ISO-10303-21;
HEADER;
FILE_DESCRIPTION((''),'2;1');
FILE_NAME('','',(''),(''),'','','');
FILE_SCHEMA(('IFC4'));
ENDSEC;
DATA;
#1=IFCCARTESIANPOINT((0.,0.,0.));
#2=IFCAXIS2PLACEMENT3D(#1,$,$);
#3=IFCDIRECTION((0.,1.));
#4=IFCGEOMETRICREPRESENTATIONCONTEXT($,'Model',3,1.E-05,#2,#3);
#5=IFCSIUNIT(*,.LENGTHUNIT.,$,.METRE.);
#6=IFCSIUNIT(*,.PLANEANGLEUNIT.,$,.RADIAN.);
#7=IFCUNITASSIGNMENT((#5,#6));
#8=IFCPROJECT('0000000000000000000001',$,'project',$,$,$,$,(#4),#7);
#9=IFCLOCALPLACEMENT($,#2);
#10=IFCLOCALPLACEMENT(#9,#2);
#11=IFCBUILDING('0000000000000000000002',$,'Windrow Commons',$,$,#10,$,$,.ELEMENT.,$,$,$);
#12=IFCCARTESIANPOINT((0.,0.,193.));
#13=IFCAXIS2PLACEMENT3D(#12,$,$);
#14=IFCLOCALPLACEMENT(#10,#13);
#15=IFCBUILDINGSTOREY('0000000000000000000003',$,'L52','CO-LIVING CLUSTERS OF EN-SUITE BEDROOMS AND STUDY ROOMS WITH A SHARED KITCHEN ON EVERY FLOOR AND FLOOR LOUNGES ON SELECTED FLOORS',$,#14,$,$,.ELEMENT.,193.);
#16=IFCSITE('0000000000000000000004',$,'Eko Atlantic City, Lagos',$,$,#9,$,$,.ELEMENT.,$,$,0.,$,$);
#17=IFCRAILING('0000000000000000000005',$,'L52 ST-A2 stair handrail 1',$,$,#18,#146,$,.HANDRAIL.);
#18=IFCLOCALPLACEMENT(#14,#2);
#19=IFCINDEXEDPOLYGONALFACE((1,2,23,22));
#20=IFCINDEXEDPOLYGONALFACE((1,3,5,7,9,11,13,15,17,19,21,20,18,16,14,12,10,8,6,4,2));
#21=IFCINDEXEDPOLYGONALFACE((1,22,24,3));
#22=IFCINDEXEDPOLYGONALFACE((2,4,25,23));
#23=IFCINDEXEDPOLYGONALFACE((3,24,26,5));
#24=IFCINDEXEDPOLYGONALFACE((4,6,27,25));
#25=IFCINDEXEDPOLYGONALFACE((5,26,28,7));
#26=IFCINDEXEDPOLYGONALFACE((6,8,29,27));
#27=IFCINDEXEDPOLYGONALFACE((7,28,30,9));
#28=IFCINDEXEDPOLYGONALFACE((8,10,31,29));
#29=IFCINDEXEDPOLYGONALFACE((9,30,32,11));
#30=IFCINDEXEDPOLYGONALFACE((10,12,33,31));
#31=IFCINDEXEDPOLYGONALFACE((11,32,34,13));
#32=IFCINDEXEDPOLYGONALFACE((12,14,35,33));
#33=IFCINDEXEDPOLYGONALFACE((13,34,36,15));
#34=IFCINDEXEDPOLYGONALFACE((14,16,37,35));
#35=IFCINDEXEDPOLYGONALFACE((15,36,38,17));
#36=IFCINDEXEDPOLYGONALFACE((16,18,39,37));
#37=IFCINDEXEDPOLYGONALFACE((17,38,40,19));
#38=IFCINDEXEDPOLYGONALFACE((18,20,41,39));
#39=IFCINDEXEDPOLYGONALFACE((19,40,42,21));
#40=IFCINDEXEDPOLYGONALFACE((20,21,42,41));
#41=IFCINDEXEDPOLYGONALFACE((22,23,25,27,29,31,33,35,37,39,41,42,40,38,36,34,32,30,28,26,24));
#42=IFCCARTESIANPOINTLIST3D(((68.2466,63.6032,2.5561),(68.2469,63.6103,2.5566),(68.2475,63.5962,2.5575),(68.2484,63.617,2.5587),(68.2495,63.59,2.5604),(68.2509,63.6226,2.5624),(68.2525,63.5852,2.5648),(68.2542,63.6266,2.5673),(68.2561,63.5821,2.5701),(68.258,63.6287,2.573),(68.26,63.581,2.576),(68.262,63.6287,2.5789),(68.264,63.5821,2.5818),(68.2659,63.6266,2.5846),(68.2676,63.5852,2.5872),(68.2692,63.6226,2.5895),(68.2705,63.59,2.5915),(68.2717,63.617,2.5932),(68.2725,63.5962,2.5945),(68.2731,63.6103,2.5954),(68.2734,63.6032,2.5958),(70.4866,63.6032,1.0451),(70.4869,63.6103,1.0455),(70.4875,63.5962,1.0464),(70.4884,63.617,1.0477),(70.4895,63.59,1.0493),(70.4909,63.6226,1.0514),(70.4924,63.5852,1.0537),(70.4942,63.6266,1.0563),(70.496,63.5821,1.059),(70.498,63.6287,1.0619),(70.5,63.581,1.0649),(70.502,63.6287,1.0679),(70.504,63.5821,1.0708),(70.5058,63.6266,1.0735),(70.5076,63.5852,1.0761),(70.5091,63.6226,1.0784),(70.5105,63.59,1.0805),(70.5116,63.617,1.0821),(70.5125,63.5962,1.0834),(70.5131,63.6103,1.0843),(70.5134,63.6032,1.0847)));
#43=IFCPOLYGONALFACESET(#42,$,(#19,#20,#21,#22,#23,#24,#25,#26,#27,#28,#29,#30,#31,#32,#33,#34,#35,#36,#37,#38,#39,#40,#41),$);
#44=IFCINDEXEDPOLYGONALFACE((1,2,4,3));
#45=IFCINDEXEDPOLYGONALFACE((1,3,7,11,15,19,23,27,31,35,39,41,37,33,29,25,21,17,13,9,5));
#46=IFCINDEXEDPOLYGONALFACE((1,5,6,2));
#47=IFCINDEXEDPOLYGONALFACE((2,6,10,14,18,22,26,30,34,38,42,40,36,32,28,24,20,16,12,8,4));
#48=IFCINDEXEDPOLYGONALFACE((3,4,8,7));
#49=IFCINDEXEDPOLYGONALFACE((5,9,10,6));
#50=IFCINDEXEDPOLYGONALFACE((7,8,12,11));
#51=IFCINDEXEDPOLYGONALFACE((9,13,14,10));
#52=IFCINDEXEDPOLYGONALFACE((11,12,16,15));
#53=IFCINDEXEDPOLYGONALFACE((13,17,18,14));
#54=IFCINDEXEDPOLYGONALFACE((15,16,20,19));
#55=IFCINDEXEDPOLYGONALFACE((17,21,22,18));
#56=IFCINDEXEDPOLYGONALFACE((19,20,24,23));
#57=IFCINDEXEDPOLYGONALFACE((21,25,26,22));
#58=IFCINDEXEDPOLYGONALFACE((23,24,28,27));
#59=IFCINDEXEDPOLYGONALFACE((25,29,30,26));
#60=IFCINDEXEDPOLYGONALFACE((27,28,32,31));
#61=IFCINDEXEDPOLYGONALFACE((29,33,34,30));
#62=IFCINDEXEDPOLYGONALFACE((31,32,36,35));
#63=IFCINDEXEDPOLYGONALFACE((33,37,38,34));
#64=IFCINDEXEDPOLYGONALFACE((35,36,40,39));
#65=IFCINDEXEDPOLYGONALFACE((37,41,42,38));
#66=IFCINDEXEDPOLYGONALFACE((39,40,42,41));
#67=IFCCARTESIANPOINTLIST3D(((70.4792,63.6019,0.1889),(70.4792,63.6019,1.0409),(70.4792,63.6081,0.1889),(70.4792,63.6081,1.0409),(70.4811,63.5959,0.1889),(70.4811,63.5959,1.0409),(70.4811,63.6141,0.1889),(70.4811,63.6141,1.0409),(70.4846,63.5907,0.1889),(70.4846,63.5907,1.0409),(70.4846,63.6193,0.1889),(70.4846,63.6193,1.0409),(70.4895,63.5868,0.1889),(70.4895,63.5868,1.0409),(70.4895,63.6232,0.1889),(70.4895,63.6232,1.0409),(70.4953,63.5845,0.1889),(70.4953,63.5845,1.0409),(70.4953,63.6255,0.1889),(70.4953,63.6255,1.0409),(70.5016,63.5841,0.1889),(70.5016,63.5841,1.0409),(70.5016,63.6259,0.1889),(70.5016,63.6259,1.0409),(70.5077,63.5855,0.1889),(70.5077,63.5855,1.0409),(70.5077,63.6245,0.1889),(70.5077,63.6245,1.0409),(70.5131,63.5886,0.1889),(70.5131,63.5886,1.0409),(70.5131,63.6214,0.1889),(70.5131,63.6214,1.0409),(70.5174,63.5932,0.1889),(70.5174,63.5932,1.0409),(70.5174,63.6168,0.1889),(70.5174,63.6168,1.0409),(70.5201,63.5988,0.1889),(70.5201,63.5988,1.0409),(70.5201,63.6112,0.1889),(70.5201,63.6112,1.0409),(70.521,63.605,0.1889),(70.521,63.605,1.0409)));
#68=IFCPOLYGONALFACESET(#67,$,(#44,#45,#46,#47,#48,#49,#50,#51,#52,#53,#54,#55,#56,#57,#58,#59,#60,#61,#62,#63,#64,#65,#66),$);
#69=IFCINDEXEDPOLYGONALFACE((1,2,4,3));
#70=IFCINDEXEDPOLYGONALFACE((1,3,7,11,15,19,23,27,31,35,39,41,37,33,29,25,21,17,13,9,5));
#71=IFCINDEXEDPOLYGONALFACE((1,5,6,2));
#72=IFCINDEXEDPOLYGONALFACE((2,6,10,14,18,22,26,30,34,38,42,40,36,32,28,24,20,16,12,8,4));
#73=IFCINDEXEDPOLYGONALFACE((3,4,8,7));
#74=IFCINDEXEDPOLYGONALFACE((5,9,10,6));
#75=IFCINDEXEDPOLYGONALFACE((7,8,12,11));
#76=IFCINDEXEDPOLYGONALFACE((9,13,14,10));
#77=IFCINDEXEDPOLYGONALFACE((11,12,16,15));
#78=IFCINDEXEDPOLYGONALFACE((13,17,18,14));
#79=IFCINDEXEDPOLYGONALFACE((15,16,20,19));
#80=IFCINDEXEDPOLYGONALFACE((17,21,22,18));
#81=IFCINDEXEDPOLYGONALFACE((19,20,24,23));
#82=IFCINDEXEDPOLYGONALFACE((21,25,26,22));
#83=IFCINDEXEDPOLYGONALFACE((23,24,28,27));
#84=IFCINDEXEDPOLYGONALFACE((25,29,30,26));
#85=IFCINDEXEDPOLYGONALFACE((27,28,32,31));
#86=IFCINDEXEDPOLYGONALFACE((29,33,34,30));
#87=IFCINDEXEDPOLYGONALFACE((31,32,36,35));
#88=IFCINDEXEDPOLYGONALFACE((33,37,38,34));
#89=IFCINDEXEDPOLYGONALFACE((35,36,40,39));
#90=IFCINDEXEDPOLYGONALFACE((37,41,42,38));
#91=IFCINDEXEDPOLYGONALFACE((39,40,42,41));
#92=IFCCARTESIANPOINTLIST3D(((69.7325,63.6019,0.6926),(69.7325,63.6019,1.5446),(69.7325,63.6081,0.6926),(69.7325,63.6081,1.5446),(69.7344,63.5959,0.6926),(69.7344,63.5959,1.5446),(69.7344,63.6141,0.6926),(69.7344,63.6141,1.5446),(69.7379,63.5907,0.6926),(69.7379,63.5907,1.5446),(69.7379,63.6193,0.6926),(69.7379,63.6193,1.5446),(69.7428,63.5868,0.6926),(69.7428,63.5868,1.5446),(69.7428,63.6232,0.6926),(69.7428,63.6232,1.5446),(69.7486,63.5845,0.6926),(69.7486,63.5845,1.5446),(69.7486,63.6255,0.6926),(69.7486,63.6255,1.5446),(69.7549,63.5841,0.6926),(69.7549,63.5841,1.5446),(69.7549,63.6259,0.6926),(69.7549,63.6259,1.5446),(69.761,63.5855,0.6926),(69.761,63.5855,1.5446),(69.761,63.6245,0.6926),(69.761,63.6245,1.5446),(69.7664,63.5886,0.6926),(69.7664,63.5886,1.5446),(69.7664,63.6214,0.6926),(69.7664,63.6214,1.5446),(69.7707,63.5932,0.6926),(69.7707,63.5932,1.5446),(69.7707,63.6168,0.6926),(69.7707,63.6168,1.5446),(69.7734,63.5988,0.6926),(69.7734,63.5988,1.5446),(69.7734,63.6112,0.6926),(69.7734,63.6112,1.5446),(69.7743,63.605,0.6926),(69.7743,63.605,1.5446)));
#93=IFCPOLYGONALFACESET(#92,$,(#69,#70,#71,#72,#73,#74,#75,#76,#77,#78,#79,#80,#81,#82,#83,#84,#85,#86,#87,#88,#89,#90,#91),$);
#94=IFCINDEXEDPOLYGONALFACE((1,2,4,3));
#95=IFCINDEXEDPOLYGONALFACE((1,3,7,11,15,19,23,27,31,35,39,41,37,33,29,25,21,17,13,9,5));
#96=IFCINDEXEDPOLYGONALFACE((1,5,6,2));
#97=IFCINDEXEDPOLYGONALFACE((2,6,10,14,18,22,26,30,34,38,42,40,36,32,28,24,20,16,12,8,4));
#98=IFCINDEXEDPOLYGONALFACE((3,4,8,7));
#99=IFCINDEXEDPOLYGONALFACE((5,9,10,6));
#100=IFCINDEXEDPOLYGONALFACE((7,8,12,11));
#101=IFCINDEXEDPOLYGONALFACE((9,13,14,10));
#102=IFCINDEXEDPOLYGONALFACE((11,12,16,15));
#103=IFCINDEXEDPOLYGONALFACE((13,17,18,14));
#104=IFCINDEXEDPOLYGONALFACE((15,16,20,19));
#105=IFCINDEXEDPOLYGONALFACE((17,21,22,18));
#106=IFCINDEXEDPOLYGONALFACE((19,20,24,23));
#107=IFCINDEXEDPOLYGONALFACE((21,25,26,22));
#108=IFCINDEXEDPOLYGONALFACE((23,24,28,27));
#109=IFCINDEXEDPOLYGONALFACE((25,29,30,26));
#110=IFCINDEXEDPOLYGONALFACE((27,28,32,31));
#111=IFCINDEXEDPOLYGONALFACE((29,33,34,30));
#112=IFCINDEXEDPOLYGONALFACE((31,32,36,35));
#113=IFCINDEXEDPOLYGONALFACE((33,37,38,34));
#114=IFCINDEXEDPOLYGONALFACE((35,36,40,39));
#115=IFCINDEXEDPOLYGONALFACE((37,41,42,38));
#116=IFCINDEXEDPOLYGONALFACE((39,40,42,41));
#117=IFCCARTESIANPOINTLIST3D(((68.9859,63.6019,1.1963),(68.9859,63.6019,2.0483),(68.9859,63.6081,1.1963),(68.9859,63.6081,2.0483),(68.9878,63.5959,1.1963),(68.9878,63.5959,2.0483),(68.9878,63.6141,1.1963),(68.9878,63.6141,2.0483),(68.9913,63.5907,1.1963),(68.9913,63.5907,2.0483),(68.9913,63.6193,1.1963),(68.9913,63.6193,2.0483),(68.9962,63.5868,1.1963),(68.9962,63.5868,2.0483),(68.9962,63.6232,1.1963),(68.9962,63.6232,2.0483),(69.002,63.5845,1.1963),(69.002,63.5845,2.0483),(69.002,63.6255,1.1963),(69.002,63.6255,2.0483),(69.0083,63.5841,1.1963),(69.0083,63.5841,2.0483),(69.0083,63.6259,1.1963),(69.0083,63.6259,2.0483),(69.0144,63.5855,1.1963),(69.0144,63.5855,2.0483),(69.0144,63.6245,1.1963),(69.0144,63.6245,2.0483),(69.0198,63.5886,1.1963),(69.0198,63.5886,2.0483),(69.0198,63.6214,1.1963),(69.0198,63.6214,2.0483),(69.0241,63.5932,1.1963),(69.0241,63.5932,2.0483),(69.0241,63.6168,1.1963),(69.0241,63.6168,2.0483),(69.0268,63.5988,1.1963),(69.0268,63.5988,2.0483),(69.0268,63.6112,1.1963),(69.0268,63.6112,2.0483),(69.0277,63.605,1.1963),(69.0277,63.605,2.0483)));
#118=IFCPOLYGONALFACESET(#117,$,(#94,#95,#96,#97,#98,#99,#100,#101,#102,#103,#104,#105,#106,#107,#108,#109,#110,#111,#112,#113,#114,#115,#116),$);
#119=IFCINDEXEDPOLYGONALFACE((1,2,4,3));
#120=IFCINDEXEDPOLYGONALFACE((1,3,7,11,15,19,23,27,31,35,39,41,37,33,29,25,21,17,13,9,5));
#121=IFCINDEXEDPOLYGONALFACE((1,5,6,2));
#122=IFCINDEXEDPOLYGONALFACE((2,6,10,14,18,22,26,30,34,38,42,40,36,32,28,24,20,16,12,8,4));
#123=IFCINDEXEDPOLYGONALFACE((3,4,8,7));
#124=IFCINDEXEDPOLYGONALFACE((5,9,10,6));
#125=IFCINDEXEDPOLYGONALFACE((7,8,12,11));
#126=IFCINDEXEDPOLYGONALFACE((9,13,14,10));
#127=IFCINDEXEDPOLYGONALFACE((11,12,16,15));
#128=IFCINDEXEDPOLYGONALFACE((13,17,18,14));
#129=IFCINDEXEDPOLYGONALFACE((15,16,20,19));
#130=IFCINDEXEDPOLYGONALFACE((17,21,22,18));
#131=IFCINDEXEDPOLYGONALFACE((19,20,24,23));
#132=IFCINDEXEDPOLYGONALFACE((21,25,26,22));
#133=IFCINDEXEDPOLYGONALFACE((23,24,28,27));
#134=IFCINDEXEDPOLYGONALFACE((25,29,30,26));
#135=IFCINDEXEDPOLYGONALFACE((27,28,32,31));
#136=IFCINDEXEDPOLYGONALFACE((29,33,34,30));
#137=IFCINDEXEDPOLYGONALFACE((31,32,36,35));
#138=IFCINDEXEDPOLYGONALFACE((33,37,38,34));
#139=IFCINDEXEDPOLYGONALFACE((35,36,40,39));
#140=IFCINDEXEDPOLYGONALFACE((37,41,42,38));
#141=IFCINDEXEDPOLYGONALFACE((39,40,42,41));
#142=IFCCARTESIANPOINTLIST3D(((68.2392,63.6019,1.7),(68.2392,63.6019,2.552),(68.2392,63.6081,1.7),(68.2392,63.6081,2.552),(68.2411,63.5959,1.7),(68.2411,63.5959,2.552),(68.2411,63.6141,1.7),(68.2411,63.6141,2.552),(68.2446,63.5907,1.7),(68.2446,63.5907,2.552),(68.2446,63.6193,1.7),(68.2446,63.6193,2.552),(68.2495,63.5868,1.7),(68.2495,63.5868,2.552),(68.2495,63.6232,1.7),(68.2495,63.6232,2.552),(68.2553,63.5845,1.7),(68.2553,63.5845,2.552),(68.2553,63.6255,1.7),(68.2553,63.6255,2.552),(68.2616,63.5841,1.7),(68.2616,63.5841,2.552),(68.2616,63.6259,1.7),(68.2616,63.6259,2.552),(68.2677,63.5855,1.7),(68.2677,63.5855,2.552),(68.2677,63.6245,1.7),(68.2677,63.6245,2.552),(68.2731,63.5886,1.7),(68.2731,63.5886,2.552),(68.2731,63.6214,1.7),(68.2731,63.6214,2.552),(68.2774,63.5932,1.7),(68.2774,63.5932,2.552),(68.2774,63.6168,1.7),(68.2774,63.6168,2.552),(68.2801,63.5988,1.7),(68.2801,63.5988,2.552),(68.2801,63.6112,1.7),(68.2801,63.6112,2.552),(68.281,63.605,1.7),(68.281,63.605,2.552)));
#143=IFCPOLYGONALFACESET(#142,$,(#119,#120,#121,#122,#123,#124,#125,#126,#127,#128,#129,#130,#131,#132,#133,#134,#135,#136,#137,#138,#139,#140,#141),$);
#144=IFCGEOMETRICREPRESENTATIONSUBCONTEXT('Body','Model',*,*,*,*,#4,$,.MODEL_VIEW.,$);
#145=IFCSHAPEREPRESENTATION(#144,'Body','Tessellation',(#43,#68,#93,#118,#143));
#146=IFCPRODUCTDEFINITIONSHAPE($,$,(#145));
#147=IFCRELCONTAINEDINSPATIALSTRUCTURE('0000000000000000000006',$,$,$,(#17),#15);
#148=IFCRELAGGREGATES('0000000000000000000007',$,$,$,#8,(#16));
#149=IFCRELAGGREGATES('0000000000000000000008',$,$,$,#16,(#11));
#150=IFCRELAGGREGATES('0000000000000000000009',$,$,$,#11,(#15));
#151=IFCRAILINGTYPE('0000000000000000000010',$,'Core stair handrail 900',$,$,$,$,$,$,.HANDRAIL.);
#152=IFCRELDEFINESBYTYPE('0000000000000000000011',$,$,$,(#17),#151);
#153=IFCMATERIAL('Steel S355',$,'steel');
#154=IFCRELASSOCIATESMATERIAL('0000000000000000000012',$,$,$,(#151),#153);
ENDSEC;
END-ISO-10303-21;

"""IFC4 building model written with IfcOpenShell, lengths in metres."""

from ifc_helpers import new_model, si_unit, direction, frame, origin, origin_2d, place, context, subcontext, project, spatial, circle, extrude, material, type_object, element, save


model = new_model("IFC4")

# Units and contexts
model_context = context("Model", 3, precision=1e-05, world=origin(), true_north=direction((0.0, 1.0)))
body_context = subcontext(model_context, "Body", "Model", "MODEL_VIEW")
ifc_project = project(units=[si_unit("LENGTHUNIT", "METRE"), si_unit("PLANEANGLEUNIT", "RADIAN")], contexts=[model_context])

# Site, building, storey
site_placement = place(None, origin())
site = spatial("IfcSite", under=ifc_project, at=site_placement, Name="Eko Atlantic City, Lagos", CompositionType="ELEMENT", RefElevation=0.0)
building_placement = place(site_placement, origin())
building = spatial("IfcBuilding", under=site, at=building_placement, Name="Windrow Commons", CompositionType="ELEMENT")
storey_placement = place(building_placement, frame((0.0, 0.0, 193.0)))
storey = spatial("IfcBuildingStorey", under=building, at=storey_placement, Name="L52", Description="CO-LIVING CLUSTERS OF EN-SUITE BEDROOMS AND STUDY ROOMS WITH A SHARED KITCHEN ON EVERY FLOOR AND FLOOR LOUNGES ON SELECTED FLOORS", CompositionType="ELEMENT", Elevation=193.0)

# Railing
ifc_material_1 = material(Name="Steel S355", Category="steel")
railing_type_1 = type_object("IfcRailingType", Name="Core stair handrail 900", PredefinedType="HANDRAIL", material=ifc_material_1)
railing_1_placement = place(storey_placement, frame((70.5, 63.605, 0.1889)))
element("IfcRailing", 1, at=railing_1_placement, inside=storey, type_object=railing_type_1, Name="L52 ST-A2 stair handrail 1", PredefinedType="HANDRAIL", context=body_context, shape_type="SweptSolid", body=[
    extrude(circle(Radius=0.024, at=origin_2d()), frame((0.0, 0.0, 0.876), z_axis=(-0.829003, 0.0, 0.559244), x_axis=(0.0, -1.0, 0.0)), (0.0, 0.0, 1.0), 2.702),
    extrude(circle(Radius=0.021, at=origin_2d()), origin(), (0.0, 0.0, 1.0), 0.852),
    extrude(circle(Radius=0.021, at=origin_2d()), frame((-0.7467, 0.0, 0.5037)), (0.0, 0.0, 1.0), 0.852),
    extrude(circle(Radius=0.021, at=origin_2d()), frame((-1.4933, 0.0, 1.0074)), (0.0, 0.0, 1.0), 0.852),
    extrude(circle(Radius=0.021, at=origin_2d()), frame((-2.24, 0.0, 1.5111)), (0.0, 0.0, 1.0), 0.852),
])

save(model, "model.ifc")
